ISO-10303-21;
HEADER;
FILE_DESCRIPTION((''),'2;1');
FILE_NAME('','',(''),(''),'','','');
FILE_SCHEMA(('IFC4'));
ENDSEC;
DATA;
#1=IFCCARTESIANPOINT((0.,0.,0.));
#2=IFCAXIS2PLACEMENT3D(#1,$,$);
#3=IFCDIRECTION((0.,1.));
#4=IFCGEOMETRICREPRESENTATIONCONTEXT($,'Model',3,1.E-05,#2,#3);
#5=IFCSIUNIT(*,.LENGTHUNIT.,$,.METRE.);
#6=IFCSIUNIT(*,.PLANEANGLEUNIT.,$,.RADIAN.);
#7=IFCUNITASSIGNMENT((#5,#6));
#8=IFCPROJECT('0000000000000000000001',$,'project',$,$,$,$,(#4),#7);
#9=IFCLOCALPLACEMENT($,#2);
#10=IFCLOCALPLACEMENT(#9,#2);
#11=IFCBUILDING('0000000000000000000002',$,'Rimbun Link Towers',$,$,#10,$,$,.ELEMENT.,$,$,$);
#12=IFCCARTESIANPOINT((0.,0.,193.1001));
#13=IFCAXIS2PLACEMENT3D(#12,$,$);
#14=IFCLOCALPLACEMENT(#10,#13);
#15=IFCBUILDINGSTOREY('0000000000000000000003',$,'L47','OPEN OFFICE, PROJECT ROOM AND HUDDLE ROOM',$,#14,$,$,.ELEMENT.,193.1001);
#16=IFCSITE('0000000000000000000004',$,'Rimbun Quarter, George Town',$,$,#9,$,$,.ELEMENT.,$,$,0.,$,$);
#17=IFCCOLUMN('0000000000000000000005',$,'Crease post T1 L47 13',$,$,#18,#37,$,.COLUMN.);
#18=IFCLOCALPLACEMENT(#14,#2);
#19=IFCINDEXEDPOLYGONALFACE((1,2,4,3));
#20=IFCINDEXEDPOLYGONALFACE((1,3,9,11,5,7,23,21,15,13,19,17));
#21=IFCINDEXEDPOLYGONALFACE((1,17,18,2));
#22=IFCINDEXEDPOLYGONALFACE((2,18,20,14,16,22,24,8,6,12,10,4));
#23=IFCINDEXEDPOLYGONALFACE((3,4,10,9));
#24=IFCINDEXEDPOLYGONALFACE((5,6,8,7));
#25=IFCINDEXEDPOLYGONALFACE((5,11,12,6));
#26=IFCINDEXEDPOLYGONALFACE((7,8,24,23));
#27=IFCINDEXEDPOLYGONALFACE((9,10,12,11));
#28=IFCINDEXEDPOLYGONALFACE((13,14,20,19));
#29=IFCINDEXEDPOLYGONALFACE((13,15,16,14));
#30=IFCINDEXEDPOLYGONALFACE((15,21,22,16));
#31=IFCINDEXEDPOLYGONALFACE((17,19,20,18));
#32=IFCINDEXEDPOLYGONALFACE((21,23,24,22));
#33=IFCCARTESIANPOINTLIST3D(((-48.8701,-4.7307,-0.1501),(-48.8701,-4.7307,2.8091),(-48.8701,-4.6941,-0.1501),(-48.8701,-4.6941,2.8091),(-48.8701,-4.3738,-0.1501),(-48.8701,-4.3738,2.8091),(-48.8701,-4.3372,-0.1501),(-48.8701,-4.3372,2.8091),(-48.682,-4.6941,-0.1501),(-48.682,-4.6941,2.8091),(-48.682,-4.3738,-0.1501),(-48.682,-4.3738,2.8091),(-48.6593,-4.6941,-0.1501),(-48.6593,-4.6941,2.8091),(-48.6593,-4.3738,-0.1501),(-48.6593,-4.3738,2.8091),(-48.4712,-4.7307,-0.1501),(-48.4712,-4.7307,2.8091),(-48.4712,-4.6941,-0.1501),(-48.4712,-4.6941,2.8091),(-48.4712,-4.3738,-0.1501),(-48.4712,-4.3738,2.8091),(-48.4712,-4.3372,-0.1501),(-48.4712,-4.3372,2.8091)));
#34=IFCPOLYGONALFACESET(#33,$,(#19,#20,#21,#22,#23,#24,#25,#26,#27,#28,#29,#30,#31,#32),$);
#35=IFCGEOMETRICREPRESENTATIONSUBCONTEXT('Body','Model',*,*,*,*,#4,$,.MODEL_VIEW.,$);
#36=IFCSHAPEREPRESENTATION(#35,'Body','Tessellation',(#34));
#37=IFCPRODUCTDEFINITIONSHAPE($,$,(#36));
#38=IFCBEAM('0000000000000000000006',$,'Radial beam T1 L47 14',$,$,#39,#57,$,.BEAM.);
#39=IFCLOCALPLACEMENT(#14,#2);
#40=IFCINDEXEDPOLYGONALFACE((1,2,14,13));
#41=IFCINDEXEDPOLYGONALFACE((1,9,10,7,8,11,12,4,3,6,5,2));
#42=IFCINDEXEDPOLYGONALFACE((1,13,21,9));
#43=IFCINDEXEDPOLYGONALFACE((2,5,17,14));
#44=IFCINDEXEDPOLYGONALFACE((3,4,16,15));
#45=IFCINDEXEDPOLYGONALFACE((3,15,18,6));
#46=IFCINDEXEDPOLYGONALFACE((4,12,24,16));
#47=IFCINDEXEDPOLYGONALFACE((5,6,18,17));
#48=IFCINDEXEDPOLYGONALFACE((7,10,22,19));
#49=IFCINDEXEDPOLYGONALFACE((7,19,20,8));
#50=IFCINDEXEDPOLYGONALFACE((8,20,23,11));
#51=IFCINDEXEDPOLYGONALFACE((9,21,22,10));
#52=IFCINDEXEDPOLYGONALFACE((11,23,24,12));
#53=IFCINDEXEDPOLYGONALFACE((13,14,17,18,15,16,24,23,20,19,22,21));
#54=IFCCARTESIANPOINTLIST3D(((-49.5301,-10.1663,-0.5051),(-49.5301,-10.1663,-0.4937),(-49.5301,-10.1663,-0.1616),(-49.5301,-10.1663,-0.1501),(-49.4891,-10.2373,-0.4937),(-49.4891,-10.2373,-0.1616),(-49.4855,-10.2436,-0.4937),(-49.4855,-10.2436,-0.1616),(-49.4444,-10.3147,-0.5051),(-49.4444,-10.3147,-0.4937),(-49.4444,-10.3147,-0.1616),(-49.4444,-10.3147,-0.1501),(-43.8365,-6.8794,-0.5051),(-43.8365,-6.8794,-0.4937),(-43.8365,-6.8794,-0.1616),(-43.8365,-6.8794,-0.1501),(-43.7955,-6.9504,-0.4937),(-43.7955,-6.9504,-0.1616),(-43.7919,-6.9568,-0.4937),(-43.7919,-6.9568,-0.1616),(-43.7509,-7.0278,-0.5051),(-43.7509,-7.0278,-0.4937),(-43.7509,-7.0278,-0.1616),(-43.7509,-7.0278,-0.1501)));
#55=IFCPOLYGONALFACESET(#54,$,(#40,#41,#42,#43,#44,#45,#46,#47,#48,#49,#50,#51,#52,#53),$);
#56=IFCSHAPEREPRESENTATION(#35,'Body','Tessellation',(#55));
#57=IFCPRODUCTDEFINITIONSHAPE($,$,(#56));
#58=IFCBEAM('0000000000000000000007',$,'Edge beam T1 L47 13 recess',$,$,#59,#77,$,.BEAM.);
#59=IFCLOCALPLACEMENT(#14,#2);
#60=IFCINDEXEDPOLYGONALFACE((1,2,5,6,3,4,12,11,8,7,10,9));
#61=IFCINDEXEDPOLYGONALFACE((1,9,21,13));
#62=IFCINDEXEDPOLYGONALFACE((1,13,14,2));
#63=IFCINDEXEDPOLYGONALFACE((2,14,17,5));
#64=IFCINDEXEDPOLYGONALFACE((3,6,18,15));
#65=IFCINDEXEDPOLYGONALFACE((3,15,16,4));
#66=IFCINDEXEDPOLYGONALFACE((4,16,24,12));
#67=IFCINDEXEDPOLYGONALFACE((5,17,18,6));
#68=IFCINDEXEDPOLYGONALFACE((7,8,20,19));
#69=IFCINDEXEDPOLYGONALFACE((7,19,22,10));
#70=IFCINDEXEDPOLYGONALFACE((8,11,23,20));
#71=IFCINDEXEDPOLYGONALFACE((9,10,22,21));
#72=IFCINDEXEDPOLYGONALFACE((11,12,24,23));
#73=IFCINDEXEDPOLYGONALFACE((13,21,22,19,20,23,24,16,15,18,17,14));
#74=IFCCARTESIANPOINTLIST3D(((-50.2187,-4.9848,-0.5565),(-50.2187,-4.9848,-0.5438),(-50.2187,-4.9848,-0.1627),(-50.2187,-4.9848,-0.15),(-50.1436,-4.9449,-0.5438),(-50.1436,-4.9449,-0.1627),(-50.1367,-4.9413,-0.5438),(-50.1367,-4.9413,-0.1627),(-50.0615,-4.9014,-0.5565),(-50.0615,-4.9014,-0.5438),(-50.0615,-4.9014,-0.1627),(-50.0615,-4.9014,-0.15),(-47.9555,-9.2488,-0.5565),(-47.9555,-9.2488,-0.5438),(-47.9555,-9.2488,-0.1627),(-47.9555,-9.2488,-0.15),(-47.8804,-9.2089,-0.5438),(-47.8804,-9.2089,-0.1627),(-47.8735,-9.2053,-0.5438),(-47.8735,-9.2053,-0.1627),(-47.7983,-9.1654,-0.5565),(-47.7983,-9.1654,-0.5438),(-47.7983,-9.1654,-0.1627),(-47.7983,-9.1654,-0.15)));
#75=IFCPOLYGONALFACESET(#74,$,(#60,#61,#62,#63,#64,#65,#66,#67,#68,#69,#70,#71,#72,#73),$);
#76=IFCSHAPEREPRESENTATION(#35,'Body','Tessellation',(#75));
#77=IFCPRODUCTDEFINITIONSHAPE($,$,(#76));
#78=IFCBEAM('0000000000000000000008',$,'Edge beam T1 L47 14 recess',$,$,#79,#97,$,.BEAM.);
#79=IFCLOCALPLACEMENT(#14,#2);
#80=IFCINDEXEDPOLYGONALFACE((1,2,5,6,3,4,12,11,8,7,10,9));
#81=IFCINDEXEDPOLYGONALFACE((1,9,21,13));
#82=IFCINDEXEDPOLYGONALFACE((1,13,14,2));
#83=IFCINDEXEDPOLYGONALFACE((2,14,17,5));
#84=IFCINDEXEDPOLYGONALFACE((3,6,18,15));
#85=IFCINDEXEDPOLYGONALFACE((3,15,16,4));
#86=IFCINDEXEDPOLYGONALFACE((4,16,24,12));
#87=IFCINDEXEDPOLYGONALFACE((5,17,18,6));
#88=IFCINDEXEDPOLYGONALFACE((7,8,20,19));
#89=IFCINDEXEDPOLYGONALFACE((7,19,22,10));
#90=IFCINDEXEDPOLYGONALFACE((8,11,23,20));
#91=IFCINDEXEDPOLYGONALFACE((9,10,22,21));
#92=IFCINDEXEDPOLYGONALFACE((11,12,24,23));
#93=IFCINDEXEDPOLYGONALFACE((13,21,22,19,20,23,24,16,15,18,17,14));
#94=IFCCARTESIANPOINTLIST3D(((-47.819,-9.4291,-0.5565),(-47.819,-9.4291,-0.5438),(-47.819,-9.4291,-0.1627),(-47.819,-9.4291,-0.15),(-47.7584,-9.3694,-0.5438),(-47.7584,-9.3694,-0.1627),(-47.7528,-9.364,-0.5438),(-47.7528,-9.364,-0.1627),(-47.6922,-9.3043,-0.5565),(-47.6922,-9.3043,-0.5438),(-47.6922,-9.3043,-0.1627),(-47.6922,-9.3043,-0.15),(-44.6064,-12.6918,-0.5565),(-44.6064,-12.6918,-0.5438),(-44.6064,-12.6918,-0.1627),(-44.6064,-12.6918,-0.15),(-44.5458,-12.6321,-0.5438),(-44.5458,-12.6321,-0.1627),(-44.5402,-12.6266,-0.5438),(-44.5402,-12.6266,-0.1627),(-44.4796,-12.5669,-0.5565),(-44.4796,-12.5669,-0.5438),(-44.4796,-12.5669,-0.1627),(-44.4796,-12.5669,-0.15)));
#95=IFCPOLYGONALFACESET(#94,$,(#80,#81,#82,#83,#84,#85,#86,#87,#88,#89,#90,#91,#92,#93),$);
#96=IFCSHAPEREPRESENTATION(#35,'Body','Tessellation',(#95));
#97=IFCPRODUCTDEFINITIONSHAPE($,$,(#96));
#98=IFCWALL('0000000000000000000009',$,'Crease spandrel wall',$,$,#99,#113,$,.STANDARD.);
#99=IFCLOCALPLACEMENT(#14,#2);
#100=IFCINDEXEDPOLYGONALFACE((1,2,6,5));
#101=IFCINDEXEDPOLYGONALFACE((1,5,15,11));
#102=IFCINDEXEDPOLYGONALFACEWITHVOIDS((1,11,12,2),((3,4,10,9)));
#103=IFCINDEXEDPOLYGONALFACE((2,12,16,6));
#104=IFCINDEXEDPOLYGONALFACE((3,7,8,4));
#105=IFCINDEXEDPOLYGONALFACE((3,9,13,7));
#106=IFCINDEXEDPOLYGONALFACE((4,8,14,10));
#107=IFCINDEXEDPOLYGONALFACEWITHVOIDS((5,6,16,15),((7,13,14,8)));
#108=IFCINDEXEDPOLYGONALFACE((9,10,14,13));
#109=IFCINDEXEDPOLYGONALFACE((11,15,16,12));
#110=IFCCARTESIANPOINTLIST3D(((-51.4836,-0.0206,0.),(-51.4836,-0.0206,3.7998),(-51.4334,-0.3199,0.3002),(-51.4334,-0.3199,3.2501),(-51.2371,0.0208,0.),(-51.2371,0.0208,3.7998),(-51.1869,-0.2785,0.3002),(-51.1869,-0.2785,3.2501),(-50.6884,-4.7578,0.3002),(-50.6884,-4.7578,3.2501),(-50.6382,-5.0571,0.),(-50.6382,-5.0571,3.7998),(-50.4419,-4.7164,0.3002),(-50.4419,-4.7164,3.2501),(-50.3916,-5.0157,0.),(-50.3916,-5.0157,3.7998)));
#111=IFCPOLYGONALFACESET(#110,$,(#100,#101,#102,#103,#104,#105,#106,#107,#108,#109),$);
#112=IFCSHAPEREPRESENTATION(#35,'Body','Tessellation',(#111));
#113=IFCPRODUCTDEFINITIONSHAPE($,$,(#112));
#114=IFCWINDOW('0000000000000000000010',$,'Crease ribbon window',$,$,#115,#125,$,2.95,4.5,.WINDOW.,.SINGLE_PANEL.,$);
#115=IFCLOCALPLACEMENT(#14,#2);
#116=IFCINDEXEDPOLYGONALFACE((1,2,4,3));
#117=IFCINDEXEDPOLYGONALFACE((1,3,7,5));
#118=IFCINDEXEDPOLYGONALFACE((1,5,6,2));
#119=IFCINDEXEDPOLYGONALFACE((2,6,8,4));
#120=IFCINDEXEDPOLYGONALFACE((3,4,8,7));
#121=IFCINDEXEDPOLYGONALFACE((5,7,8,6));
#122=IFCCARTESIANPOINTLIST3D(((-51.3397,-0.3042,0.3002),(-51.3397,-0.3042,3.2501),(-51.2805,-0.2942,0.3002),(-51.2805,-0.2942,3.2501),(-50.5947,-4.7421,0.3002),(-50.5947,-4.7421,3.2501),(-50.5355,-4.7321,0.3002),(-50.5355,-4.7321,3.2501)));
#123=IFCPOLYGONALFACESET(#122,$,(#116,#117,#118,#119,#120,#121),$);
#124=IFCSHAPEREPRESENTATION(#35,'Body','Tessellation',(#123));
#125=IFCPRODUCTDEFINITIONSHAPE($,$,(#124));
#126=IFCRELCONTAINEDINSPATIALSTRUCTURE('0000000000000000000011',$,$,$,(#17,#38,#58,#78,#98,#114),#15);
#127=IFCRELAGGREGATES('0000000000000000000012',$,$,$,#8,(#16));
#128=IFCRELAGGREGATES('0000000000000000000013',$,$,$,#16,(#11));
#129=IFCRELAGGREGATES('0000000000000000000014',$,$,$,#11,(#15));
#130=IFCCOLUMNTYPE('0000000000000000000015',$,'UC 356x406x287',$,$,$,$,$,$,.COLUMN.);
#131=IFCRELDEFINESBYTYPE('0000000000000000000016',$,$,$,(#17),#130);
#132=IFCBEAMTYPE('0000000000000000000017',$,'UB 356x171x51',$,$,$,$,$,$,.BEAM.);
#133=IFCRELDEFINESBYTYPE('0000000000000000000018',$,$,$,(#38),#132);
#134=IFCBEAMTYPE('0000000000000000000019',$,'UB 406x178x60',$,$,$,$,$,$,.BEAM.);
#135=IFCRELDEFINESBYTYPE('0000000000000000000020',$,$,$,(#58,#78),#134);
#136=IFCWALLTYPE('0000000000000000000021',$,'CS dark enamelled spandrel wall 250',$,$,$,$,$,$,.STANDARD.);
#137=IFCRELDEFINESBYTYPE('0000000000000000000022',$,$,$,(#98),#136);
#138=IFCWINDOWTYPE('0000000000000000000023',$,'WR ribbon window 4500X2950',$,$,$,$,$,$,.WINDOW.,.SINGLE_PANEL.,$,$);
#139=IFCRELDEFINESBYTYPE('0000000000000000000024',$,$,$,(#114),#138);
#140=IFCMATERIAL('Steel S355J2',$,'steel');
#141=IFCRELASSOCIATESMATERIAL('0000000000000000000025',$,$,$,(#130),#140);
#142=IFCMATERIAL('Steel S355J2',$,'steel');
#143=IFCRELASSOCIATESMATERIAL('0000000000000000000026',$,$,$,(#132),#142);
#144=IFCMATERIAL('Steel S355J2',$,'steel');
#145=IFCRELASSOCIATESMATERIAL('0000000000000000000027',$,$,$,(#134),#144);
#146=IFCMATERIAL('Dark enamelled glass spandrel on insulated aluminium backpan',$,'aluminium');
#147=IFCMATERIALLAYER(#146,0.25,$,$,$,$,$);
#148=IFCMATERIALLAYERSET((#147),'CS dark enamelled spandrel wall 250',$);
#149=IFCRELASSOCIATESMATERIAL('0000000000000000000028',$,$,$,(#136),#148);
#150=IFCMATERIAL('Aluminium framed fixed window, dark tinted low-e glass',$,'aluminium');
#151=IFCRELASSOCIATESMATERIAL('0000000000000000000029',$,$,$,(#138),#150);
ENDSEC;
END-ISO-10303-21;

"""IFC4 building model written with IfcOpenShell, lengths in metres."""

from ifc_helpers import new_model, si_unit, direction, frame, frame_2d, origin, origin_2d, place, context, subcontext, project, spatial, rectangle, i_section, extrude, material, layer, layer_set, material_profile, profile_set, type_object, element, fill, save


model = new_model("IFC4")

# Units and contexts
model_context = context("Model", 3, precision=1e-05, world=origin(), true_north=direction((0.0, 1.0)))
body_context = subcontext(model_context, "Body", "Model", "MODEL_VIEW")
ifc_project = project(units=[si_unit("LENGTHUNIT", "METRE"), si_unit("PLANEANGLEUNIT", "RADIAN")], contexts=[model_context])

# Site, building, storey
site_placement = place(None, origin())
site = spatial("IfcSite", under=ifc_project, at=site_placement, Name="Rimbun Quarter, George Town", CompositionType="ELEMENT", RefElevation=0.0)
building_placement = place(site_placement, origin())
building = spatial("IfcBuilding", under=site, at=building_placement, Name="Rimbun Link Towers", CompositionType="ELEMENT")
storey_placement = place(building_placement, frame((0.0, 0.0, 193.1001)))
storey = spatial("IfcBuildingStorey", under=building, at=storey_placement, Name="L47", Description="OPEN OFFICE, PROJECT ROOM AND HUDDLE ROOM", CompositionType="ELEMENT", Elevation=193.1001)

# Column
ifc_material_1 = material(Name="Steel S355J2", Category="steel")
ifc_material_profile_1 = material_profile(ifc_material_1, i_section(OverallWidth=0.3989, OverallDepth=0.3936, WebThickness=0.0227, FlangeThickness=0.0366, at=origin_2d()), Name="UC 356x406x287")
ifc_profile_set_1 = profile_set([ifc_material_profile_1], Name="Steel S355J2")
column_type = type_object("IfcColumnType", Name="UC 356x406x287", PredefinedType="COLUMN", material=ifc_profile_set_1)
column_placement = place(storey_placement, frame((-48.6707, -4.5339, -0.1501), z_axis=(0.0, 0.0, 1.0), x_axis=(1.0, 0.0, 0.0)))
element("IfcColumn", 1, at=column_placement, inside=storey, type_object=column_type, Name="Crease post T1 L47 13", PredefinedType="COLUMN", context=body_context, shape_type="SweptSolid", body=[
    extrude(i_section(OverallWidth=0.3989, OverallDepth=0.3936, WebThickness=0.0227, FlangeThickness=0.0366, at=origin_2d()), origin(), (0.0, 0.0, 1.0), 2.9592),
])

# Beams
ifc_material_2 = material(Name="Steel S355J2", Category="steel")
ifc_material_profile_2 = material_profile(ifc_material_2, i_section(OverallWidth=0.1714, OverallDepth=0.355, WebThickness=0.0073, FlangeThickness=0.0115, at=origin_2d()), Name="UB 356x171x51")
ifc_profile_set_2 = profile_set([ifc_material_profile_2], Name="Steel S355J2")
beam_type_1 = type_object("IfcBeamType", Name="UB 356x171x51", PredefinedType="BEAM", material=ifc_profile_set_2)
beam_1_placement = place(storey_placement, frame((-43.7937, -6.9536, -0.3276), z_axis=(-0.866048, -0.499961, 0.0), x_axis=(0.499961, -0.866048, 0.0)))
element("IfcBeam", 2, at=beam_1_placement, inside=storey, type_object=beam_type_1, Name="Radial beam T1 L47 14", PredefinedType="BEAM", context=body_context, shape_type="SweptSolid", body=[
    extrude(i_section(OverallWidth=0.1714, OverallDepth=0.355, WebThickness=0.0073, FlangeThickness=0.0115, at=origin_2d()), origin(), (0.0, 0.0, 1.0), 6.5742),
])
ifc_material_3 = material(Name="Steel S355J2", Category="steel")
ifc_material_profile_3 = material_profile(ifc_material_3, i_section(OverallWidth=0.178, OverallDepth=0.4065, WebThickness=0.0078, FlangeThickness=0.0127, at=origin_2d()), Name="UB 406x178x60")
ifc_profile_set_3 = profile_set([ifc_material_profile_3], Name="Steel S355J2")
beam_type_2 = type_object("IfcBeamType", Name="UB 406x178x60", PredefinedType="BEAM", material=ifc_profile_set_3)
beam_2_placement = place(storey_placement, frame((-50.1401, -4.9431, -0.3533), z_axis=(0.468829, -0.883289, 0.0), x_axis=(0.883289, 0.468829, 0.0)))
element("IfcBeam", 3, at=beam_2_placement, inside=storey, type_object=beam_type_2, Name="Edge beam T1 L47 13 recess", PredefinedType="BEAM", context=body_context, shape_type="SweptSolid", body=[
    extrude(i_section(OverallWidth=0.178, OverallDepth=0.4065, WebThickness=0.0078, FlangeThickness=0.0127, at=origin_2d()), origin(), (0.0, 0.0, 1.0), 4.8274),
])
beam_3_placement = place(storey_placement, frame((-47.7556, -9.3667, -0.3533), z_axis=(0.70162, -0.712551, 0.0), x_axis=(0.712551, 0.70162, 0.0)))
element("IfcBeam", 4, at=beam_3_placement, inside=storey, type_object=beam_type_2, Name="Edge beam T1 L47 14 recess", PredefinedType="BEAM", context=body_context, shape_type="SweptSolid", body=[
    extrude(i_section(OverallWidth=0.178, OverallDepth=0.4065, WebThickness=0.0078, FlangeThickness=0.0127, at=origin_2d()), origin(), (0.0, 0.0, 1.0), 4.5789),
])

# Wall, opening, window
ifc_material_4 = material(Name="Dark enamelled glass spandrel on insulated aluminium backpan", Category="aluminium")
ifc_layer_1 = layer(ifc_material_4, 0.25)
ifc_layer_set_1 = layer_set([ifc_layer_1], Name="CS dark enamelled spandrel wall 250")
wall_type_1 = type_object("IfcWallType", Name="CS dark enamelled spandrel wall 250", PredefinedType="STANDARD", material=ifc_layer_set_1)
wall_1_placement = place(storey_placement, frame((-50.5149, -5.0364, 0.0), z_axis=(0.0, 0.0, 1.0), x_axis=(-0.165554, 0.986201, 0.0)))
wall_1 = element("IfcWall", 5, at=wall_1_placement, inside=storey, type_object=wall_type_1, Name="Crease spandrel wall", PredefinedType="STANDARD", context=body_context, shape_type="SweptSolid", body=[
    extrude(rectangle(XDim=5.1069, YDim=0.25, at=frame_2d((2.5535, 0.0))), origin(), (0.0, 0.0, 1.0), 3.7998),
])
opening_1_placement = place(wall_1_placement, frame((0.3035, 0.0, 0.3)))
opening_1 = element("IfcOpeningElement", 6, at=opening_1_placement, cuts=wall_1, PredefinedType="OPENING", context=body_context, shape_type="SweptSolid", body=[
    extrude(rectangle(XDim=4.5, YDim=2.95, at=frame_2d((2.25, 1.4751))), frame((0.0, 0.135, 0.0), z_axis=(0.0, -1.0, 0.0), x_axis=(1.0, 0.0, 0.0)), (0.0, 0.0, 1.0), 0.27),
])
ifc_material_5 = material(Name="Aluminium framed fixed window, dark tinted low-e glass", Category="aluminium")
window_type = type_object("IfcWindowType", Name="WR ribbon window 4500X2950", PartitioningType="SINGLE_PANEL", PredefinedType="WINDOW", material=ifc_material_5)
window_placement = place(opening_1_placement, origin())
window = element("IfcWindow", 7, at=window_placement, inside=storey, type_object=window_type, Name="Crease ribbon window", OverallHeight=2.95, OverallWidth=4.5, PartitioningType="SINGLE_PANEL", PredefinedType="WINDOW", context=body_context, shape_type="SweptSolid", body=[
    extrude(rectangle(XDim=4.5, YDim=2.95, at=frame_2d((2.25, 1.4751))), frame((0.0, 0.03, 0.0), z_axis=(0.0, -1.0, 0.0), x_axis=(1.0, 0.0, 0.0)), (0.0, 0.0, 1.0), 0.0601),
])
fill(opening_1, window)

save(model, "model.ifc")
